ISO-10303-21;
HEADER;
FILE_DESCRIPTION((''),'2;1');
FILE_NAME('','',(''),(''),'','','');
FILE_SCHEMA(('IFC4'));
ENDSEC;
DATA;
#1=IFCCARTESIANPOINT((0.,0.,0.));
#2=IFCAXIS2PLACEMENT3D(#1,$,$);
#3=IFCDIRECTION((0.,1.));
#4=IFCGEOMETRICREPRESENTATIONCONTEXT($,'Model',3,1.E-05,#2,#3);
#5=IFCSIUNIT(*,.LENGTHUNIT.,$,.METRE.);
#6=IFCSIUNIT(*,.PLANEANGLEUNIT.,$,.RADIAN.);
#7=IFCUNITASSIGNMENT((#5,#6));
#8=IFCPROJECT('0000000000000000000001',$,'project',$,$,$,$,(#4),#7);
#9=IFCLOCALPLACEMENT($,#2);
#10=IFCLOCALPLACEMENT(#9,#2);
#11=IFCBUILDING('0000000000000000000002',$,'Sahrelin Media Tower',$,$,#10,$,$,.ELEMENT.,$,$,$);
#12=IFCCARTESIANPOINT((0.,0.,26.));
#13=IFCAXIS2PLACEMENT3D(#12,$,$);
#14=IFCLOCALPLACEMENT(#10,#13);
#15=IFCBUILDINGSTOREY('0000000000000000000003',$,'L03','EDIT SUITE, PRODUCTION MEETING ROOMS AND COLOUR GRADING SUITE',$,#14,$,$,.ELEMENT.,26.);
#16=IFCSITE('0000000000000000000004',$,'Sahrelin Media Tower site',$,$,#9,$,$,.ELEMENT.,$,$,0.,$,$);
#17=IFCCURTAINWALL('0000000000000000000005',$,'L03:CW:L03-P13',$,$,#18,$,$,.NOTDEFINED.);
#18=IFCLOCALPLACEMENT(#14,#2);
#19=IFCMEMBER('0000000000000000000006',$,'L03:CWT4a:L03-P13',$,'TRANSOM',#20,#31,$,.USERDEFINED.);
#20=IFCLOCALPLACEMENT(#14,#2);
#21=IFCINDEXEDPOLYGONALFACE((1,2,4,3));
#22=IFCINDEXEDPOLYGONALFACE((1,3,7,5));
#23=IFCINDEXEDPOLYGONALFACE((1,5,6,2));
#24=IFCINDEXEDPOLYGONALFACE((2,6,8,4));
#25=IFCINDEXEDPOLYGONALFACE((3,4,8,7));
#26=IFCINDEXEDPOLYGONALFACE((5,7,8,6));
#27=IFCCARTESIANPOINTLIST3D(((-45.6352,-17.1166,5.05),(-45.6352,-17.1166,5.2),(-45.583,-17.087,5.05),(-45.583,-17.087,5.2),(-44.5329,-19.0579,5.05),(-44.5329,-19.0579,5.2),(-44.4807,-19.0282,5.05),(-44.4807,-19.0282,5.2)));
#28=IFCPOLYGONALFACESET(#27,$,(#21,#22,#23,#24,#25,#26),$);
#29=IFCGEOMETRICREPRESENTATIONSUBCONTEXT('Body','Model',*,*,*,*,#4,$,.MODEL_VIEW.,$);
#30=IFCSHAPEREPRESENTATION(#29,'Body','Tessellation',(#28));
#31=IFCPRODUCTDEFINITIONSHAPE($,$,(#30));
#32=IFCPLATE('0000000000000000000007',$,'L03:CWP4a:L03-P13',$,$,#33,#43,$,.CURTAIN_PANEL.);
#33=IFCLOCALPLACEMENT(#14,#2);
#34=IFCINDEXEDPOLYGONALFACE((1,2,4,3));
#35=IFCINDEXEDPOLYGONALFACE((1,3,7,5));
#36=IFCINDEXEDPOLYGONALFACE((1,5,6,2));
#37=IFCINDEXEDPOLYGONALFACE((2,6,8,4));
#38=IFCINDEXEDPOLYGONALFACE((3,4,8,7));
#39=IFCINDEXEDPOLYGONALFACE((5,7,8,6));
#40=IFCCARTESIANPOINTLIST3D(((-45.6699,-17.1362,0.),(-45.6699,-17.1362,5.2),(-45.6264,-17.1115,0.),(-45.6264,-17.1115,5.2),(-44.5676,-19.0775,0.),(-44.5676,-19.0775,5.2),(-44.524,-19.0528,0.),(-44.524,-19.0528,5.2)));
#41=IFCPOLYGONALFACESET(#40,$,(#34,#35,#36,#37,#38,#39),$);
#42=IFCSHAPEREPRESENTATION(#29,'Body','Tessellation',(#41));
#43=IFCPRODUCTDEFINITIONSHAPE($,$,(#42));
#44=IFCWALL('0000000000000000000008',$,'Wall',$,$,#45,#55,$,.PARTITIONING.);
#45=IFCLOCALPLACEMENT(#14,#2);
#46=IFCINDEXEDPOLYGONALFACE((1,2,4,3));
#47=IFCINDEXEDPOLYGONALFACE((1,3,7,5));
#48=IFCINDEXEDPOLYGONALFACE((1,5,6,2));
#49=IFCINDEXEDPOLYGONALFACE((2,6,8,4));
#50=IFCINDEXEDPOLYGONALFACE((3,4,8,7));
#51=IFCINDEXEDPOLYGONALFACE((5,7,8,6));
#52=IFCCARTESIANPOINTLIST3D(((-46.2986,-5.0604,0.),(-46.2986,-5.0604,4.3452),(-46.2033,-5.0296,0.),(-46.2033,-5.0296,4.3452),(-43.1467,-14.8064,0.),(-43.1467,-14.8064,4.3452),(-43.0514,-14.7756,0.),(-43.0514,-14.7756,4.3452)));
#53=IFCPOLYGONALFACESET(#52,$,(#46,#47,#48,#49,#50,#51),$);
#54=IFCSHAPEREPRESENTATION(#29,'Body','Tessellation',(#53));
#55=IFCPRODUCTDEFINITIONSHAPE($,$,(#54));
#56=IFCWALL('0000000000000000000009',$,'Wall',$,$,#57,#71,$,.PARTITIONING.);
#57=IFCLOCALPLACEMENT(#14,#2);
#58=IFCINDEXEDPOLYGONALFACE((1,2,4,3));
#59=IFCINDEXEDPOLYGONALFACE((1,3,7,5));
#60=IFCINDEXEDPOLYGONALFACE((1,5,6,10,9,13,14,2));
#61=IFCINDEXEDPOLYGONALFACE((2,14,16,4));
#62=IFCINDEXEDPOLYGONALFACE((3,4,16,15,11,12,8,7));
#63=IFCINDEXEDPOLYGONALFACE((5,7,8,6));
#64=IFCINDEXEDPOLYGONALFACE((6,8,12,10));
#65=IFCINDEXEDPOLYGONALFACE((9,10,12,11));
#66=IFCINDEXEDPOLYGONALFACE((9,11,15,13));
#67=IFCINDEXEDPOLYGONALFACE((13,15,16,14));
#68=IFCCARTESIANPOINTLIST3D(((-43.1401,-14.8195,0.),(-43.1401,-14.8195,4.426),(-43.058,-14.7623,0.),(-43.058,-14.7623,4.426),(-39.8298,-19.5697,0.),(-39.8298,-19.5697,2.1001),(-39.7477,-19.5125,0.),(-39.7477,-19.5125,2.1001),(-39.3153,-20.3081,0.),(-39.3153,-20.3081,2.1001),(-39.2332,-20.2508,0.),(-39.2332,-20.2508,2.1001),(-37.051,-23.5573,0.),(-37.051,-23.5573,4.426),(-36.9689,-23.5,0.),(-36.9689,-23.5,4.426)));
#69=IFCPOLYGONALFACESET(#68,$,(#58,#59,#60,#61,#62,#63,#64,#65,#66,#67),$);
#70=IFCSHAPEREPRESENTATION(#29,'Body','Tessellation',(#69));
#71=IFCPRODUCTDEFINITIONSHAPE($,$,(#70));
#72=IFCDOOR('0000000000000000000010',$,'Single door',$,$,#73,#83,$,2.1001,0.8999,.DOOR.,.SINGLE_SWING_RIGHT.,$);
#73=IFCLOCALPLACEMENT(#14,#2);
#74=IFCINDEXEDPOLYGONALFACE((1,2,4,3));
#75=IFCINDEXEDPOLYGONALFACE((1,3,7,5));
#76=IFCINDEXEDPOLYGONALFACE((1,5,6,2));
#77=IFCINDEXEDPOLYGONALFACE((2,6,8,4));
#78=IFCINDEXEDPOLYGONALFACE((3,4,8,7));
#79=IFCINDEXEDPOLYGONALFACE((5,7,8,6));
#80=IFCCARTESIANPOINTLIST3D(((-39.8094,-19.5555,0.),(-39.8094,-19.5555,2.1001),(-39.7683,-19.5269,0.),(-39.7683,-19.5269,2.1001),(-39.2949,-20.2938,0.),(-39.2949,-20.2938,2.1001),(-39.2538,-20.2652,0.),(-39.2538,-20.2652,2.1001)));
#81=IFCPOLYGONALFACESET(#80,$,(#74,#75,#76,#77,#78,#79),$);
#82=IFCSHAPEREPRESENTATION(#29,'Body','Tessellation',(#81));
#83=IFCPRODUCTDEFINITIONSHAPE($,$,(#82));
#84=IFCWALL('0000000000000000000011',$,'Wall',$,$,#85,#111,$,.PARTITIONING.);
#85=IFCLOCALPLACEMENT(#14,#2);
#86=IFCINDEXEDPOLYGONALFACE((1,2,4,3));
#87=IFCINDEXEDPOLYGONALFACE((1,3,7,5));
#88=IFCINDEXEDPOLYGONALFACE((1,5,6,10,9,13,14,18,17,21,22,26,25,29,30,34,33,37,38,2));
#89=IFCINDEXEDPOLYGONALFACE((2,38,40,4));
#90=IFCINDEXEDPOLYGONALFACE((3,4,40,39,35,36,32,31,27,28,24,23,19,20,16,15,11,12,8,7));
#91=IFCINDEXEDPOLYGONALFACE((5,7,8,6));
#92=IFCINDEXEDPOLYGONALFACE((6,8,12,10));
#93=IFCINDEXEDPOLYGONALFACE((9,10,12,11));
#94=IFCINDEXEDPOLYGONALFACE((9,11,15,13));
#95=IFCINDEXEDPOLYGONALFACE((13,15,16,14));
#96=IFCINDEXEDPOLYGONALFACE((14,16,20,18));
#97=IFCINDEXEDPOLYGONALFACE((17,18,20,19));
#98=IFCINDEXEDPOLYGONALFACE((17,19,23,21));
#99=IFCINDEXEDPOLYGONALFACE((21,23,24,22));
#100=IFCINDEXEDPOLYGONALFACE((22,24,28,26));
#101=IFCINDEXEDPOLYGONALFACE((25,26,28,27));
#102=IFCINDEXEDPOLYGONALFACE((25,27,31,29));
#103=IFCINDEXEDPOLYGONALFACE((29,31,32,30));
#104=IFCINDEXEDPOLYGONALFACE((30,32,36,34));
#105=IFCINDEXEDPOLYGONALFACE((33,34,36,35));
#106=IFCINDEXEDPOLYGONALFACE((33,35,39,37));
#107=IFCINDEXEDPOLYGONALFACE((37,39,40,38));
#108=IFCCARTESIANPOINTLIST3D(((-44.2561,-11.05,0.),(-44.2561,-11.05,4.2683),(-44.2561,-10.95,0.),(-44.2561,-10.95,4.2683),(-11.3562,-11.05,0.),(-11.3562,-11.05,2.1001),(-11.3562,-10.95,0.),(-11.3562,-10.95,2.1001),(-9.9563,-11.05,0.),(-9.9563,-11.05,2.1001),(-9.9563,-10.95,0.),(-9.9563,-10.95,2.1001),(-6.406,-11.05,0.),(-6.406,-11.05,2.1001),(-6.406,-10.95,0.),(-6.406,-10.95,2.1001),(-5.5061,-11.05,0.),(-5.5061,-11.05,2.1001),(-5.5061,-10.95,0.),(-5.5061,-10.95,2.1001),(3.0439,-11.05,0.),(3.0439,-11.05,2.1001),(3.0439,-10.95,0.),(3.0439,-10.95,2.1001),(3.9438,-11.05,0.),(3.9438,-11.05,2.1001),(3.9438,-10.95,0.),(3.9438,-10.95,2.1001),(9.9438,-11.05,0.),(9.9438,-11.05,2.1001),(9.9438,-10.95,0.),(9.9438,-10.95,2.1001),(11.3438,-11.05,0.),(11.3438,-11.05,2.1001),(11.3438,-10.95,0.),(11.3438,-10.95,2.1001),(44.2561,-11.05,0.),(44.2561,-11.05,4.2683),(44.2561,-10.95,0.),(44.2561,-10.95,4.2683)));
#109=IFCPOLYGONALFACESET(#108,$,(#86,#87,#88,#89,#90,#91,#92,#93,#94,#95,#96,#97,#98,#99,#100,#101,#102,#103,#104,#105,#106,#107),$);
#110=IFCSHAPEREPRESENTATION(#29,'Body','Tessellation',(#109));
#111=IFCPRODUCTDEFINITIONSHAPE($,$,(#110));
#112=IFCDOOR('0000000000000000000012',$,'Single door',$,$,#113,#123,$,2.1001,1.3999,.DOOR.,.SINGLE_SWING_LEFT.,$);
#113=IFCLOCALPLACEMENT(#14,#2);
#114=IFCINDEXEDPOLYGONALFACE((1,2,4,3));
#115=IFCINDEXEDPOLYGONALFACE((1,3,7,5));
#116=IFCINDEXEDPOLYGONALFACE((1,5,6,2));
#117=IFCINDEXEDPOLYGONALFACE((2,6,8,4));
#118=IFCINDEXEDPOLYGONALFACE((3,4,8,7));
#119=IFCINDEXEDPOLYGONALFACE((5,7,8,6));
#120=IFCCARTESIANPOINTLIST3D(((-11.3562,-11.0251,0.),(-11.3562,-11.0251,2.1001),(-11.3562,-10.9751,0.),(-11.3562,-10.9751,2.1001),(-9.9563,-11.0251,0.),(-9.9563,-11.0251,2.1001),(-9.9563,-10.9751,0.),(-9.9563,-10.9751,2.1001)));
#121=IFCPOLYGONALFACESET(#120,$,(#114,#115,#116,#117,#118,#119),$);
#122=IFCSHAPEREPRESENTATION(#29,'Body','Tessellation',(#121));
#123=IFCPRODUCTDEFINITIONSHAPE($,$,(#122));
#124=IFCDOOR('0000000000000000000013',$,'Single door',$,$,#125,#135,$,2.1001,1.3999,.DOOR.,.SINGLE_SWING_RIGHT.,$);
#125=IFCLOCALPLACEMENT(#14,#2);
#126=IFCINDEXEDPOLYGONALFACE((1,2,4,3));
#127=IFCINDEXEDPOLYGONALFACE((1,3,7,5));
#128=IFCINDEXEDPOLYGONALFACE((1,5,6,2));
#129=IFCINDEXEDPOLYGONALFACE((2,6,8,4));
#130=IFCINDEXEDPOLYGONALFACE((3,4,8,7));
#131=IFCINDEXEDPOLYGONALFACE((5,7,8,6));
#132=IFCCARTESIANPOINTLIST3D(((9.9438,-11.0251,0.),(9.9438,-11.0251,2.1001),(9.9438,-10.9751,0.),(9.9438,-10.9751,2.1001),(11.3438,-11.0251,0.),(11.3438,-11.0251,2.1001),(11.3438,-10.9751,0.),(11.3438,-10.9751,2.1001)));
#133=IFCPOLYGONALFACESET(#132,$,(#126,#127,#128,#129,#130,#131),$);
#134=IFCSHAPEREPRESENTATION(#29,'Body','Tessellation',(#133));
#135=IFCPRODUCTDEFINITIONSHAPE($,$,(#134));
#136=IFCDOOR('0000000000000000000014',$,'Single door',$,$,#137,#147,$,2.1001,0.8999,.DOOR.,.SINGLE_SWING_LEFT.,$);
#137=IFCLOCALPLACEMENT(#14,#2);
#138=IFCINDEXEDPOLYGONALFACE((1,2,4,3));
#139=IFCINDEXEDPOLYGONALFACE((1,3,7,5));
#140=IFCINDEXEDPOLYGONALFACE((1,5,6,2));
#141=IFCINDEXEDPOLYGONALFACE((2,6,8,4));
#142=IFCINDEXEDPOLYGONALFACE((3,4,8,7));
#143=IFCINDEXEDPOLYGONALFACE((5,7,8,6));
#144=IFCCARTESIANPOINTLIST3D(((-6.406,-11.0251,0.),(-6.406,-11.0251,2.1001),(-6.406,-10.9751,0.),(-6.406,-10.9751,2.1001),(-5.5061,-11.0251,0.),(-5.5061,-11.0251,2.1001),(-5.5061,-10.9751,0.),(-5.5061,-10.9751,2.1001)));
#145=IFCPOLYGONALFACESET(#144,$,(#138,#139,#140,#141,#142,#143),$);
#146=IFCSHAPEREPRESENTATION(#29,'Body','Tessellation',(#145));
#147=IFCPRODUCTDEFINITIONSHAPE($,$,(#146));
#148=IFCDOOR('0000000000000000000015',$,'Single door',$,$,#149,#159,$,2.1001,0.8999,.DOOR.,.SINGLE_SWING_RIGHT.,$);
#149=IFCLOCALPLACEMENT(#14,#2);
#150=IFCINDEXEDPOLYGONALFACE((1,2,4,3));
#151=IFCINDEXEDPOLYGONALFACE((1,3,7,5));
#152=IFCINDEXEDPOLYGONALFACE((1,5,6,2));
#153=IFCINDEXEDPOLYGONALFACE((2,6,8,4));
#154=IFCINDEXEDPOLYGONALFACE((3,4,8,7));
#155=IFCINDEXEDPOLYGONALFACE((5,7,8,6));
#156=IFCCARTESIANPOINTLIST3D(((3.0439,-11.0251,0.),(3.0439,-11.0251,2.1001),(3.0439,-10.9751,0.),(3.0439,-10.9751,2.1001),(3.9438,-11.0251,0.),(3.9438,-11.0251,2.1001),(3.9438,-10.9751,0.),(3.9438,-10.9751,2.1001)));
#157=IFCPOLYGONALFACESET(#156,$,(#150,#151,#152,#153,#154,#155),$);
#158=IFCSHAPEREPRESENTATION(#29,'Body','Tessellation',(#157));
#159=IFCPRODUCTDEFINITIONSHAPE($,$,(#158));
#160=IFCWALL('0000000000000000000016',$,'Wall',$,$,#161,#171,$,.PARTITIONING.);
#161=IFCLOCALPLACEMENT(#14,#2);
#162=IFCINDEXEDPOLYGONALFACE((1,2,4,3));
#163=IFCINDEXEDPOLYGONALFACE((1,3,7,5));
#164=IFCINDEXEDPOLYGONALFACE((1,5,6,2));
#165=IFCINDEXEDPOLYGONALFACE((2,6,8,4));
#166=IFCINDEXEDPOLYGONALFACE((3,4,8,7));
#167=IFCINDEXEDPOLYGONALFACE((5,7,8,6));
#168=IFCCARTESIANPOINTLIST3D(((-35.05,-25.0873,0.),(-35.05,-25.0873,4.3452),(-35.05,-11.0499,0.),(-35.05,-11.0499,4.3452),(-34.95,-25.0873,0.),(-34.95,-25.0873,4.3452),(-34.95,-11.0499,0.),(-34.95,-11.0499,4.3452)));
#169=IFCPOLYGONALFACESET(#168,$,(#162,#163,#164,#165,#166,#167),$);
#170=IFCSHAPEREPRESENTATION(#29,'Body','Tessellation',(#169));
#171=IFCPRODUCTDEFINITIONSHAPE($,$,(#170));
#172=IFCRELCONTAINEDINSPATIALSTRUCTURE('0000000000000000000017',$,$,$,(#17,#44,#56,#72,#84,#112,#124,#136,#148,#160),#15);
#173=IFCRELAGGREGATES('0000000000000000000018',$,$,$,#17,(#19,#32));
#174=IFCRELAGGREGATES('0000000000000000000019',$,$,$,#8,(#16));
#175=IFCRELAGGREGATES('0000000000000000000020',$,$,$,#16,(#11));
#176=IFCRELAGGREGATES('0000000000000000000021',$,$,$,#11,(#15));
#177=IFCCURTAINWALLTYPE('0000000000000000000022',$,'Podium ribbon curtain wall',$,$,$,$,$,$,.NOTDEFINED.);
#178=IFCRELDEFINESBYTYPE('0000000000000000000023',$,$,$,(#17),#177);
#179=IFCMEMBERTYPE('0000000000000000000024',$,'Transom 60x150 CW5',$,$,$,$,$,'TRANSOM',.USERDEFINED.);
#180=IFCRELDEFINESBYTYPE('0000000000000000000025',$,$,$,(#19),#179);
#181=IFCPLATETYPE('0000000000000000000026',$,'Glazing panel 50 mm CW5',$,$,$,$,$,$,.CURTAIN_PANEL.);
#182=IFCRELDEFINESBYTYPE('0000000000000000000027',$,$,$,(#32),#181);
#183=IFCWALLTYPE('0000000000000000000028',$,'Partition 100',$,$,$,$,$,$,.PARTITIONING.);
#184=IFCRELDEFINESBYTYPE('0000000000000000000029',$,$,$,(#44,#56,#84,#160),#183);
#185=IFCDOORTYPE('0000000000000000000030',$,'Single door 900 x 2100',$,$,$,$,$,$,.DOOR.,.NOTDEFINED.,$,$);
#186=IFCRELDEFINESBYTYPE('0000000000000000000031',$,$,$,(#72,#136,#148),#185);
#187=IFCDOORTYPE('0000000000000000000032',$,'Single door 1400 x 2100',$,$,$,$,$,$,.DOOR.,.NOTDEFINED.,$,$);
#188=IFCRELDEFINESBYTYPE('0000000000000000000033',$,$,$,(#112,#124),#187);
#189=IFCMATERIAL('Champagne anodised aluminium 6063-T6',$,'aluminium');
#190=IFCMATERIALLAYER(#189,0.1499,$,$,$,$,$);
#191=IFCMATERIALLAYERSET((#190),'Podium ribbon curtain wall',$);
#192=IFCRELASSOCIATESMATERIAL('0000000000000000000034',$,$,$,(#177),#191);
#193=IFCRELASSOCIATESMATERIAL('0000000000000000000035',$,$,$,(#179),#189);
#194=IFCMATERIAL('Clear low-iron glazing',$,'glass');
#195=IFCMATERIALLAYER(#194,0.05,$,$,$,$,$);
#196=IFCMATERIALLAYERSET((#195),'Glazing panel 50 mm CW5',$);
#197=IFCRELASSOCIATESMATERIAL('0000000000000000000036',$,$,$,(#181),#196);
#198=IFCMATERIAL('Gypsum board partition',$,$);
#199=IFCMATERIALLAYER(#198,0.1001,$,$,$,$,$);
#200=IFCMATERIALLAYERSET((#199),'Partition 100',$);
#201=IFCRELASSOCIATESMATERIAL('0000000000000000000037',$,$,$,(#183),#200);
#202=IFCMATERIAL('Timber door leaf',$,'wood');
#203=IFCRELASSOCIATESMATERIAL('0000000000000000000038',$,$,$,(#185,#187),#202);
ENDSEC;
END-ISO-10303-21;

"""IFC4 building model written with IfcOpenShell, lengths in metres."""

from ifc_helpers import new_model, si_unit, direction, frame, frame_2d, origin, origin_2d, place, context, subcontext, project, spatial, polyline, rectangle, outline, extrude, material, layer, layer_set, material_profile, profile_set, type_object, element, fill, aggregate, save


model = new_model("IFC4")

# Units and contexts
model_context = context("Model", 3, precision=1e-05, world=origin(), true_north=direction((0.0, 1.0)))
body_context = subcontext(model_context, "Body", "Model", "MODEL_VIEW")
ifc_project = project(units=[si_unit("LENGTHUNIT", "METRE"), si_unit("PLANEANGLEUNIT", "RADIAN")], contexts=[model_context])

# Site, building, storey
site_placement = place(None, origin())
site = spatial("IfcSite", under=ifc_project, at=site_placement, Name="Sahrelin Media Tower site", CompositionType="ELEMENT", RefElevation=0.0)
building_placement = place(site_placement, origin())
building = spatial("IfcBuilding", under=site, at=building_placement, Name="Sahrelin Media Tower", CompositionType="ELEMENT")
storey_placement = place(building_placement, frame((0.0, 0.0, 26.0)))
storey = spatial("IfcBuildingStorey", under=building, at=storey_placement, Name="L03", Description="EDIT SUITE, PRODUCTION MEETING ROOMS AND COLOUR GRADING SUITE", CompositionType="ELEMENT", Elevation=26.0)

# Curtain wall
ifc_material_1 = material(Name="Champagne anodised aluminium 6063-T6", Category="aluminium")
ifc_layer_1 = layer(ifc_material_1, 0.1499)
ifc_layer_set_1 = layer_set([ifc_layer_1], Name="Podium ribbon curtain wall")
curtain_wall_type = type_object("IfcCurtainWallType", Name="Podium ribbon curtain wall", PredefinedType="NOTDEFINED", material=ifc_layer_set_1)
curtain_wall_placement = place(storey_placement, frame((-48.2964, -10.8704, 0.0), z_axis=(0.0, 0.0, 1.0), x_axis=(1.0, 0.0, 0.0)))
curtain_wall = element("IfcCurtainWall", 1, at=curtain_wall_placement, inside=storey, type_object=curtain_wall_type, Name="L03:CW:L03-P13", PredefinedType="NOTDEFINED")

# Member
ifc_material_profile_1 = material_profile(ifc_material_1, rectangle(XDim=0.0601, YDim=0.1499, at=origin_2d()), Name="Transom 60x150")
ifc_profile_set_1 = profile_set([ifc_material_profile_1], Name="Champagne anodised aluminium 6063-T6")
member_type_1 = type_object("IfcMemberType", Name="Transom 60x150 CW5", ElementType="TRANSOM", PredefinedType="USERDEFINED", material=ifc_profile_set_1)
member_1_placement = place(storey_placement, frame((-45.6091, -17.1018, 5.125), z_axis=(0.493793, -0.869579, 0.0), x_axis=(0.869579, 0.493793, 0.0)))
member_1 = element("IfcMember", 2, at=member_1_placement, type_object=member_type_1, Name="L03:CWT4a:L03-P13", ObjectType="TRANSOM", PredefinedType="USERDEFINED", context=body_context, shape_type="SweptSolid", body=[
    extrude(rectangle(XDim=0.0601, YDim=0.1499, at=origin_2d()), origin(), (0.0, 0.0, 1.0), 2.2324),
])

# Plate
ifc_material_2 = material(Name="Clear low-iron glazing", Category="glass")
ifc_layer_2 = layer(ifc_material_2, 0.05)
ifc_layer_set_2 = layer_set([ifc_layer_2], Name="Glazing panel 50 mm CW5")
plate_type = type_object("IfcPlateType", Name="Glazing panel 50 mm CW5", PredefinedType="CURTAIN_PANEL", material=ifc_layer_set_2)
plate_placement = place(storey_placement, frame((-45.6699, -17.1362, 0.0), z_axis=(-0.869579, -0.493793, 0.0), x_axis=(0.493793, -0.869579, 0.0)))
plate = element("IfcPlate", 3, at=plate_placement, type_object=plate_type, Name="L03:CWP4a:L03-P13", PredefinedType="CURTAIN_PANEL", context=body_context, shape_type="SweptSolid", body=[
    extrude(outline(polyline([(0.0, 0.0), (2.2324, 0.0), (2.2324, 5.2), (0.0, 5.2), (0.0, 0.0)])), origin(), (0.0, 0.0, -1.0), 0.05),
])
aggregate(curtain_wall, [member_1, plate])

# Wall
ifc_material_3 = material(Name="Gypsum board partition")
ifc_layer_3 = layer(ifc_material_3, 0.1001)
ifc_layer_set_3 = layer_set([ifc_layer_3], Name="Partition 100")
wall_type = type_object("IfcWallType", Name="Partition 100", PredefinedType="PARTITIONING", material=ifc_layer_set_3)
wall_1_placement = place(storey_placement, frame((-46.251, -5.0449, 0.0), z_axis=(0.0, 0.0, 1.0), x_axis=(0.307713, -0.951479, 0.0)))
element("IfcWall", 4, at=wall_1_placement, inside=storey, type_object=wall_type, Name="Wall", PredefinedType="PARTITIONING", context=body_context, shape_type="SweptSolid", body=[
    extrude(rectangle(XDim=10.2429, YDim=0.1001, at=frame_2d((5.1216, 0.0))), origin(), (0.0, 0.0, 1.0), 4.3452),
])

# Wall, opening, door
wall_2_placement = place(storey_placement, frame((-43.0991, -14.7908, 0.0), z_axis=(0.0, 0.0, 1.0), x_axis=(0.571738, -0.820436, 0.0)))
wall_2 = element("IfcWall", 5, at=wall_2_placement, inside=storey, type_object=wall_type, Name="Wall", PredefinedType="PARTITIONING", context=body_context, shape_type="SweptSolid", body=[
    extrude(rectangle(XDim=10.6501, YDim=0.1001, at=frame_2d((5.3252, 0.0))), origin(), (0.0, 0.0, 1.0), 4.426),
])
opening_1_placement = place(wall_2_placement, frame((5.79, 0.0, 0.0)))
opening_1 = element("IfcOpeningElement", 6, at=opening_1_placement, cuts=wall_2, PredefinedType="OPENING", context=body_context, shape_type="SweptSolid", body=[
    extrude(rectangle(XDim=0.8999, YDim=2.1001, at=frame_2d((0.45, 1.05))), frame((0.0, 0.05, 0.0), z_axis=(0.0, -1.0, 0.0), x_axis=(1.0, 0.0, 0.0)), (0.0, 0.0, 1.0), 0.1001),
])
ifc_material_4 = material(Name="Timber door leaf", Category="wood")
door_type_1 = type_object("IfcDoorType", Name="Single door 900 x 2100", OperationType="NOTDEFINED", PredefinedType="DOOR", material=ifc_material_4)
door_1_placement = place(opening_1_placement, origin())
door_1 = element("IfcDoor", 7, at=door_1_placement, inside=storey, type_object=door_type_1, Name="Single door", OperationType="SINGLE_SWING_RIGHT", OverallHeight=2.1001, OverallWidth=0.8999, PredefinedType="DOOR", context=body_context, shape_type="SweptSolid", body=[
    extrude(rectangle(XDim=0.8999, YDim=2.1001, at=frame_2d((0.45, 1.05))), frame((0.0, 0.0249, 0.0), z_axis=(0.0, -1.0, 0.0), x_axis=(1.0, 0.0, 0.0)), (0.0, 0.0, 1.0), 0.05),
])
fill(opening_1, door_1)

# Wall, openings, doors
wall_3_placement = place(storey_placement, frame((-44.2561, -11.0, 0.0), z_axis=(0.0, 0.0, 1.0), x_axis=(1.0, 0.0, 0.0)))
wall_3 = element("IfcWall", 8, at=wall_3_placement, inside=storey, type_object=wall_type, Name="Wall", PredefinedType="PARTITIONING", context=body_context, shape_type="SweptSolid", body=[
    extrude(rectangle(XDim=88.5122, YDim=0.1001, at=frame_2d((44.2561, 0.0))), origin(), (0.0, 0.0, 1.0), 4.2683),
])
opening_2_placement = place(wall_3_placement, frame((32.8999, 0.0, 0.0)))
opening_2 = element("IfcOpeningElement", 9, at=opening_2_placement, cuts=wall_3, PredefinedType="OPENING", context=body_context, shape_type="SweptSolid", body=[
    extrude(rectangle(XDim=1.3999, YDim=2.1001, at=frame_2d((0.7, 1.05))), frame((0.0, 0.05, 0.0), z_axis=(0.0, -1.0, 0.0), x_axis=(1.0, 0.0, 0.0)), (0.0, 0.0, 1.0), 0.1001),
])
opening_3_placement = place(wall_3_placement, frame((54.2, 0.0, 0.0)))
opening_3 = element("IfcOpeningElement", 10, at=opening_3_placement, cuts=wall_3, PredefinedType="OPENING", context=body_context, shape_type="SweptSolid", body=[
    extrude(rectangle(XDim=1.3999, YDim=2.1001, at=frame_2d((0.7, 1.05))), frame((0.0, 0.05, 0.0), z_axis=(0.0, -1.0, 0.0), x_axis=(1.0, 0.0, 0.0)), (0.0, 0.0, 1.0), 0.1001),
])
opening_4_placement = place(wall_3_placement, frame((37.8501, 0.0, 0.0)))
opening_4 = element("IfcOpeningElement", 11, at=opening_4_placement, cuts=wall_3, PredefinedType="OPENING", context=body_context, shape_type="SweptSolid", body=[
    extrude(rectangle(XDim=0.8999, YDim=2.1001, at=frame_2d((0.45, 1.05))), frame((0.0, 0.05, 0.0), z_axis=(0.0, -1.0, 0.0), x_axis=(1.0, 0.0, 0.0)), (0.0, 0.0, 1.0), 0.1001),
])
opening_5_placement = place(wall_3_placement, frame((47.3, 0.0, 0.0)))
opening_5 = element("IfcOpeningElement", 12, at=opening_5_placement, cuts=wall_3, PredefinedType="OPENING", context=body_context, shape_type="SweptSolid", body=[
    extrude(rectangle(XDim=0.8999, YDim=2.1001, at=frame_2d((0.45, 1.05))), frame((0.0, 0.05, 0.0), z_axis=(0.0, -1.0, 0.0), x_axis=(1.0, 0.0, 0.0)), (0.0, 0.0, 1.0), 0.1001),
])
door_type_2 = type_object("IfcDoorType", Name="Single door 1400 x 2100", OperationType="NOTDEFINED", PredefinedType="DOOR", material=ifc_material_4)
door_2_placement = place(opening_2_placement, origin())
door_2 = element("IfcDoor", 13, at=door_2_placement, inside=storey, type_object=door_type_2, Name="Single door", OperationType="SINGLE_SWING_LEFT", OverallHeight=2.1001, OverallWidth=1.3999, PredefinedType="DOOR", context=body_context, shape_type="SweptSolid", body=[
    extrude(rectangle(XDim=1.3999, YDim=2.1001, at=frame_2d((0.7, 1.05))), frame((0.0, 0.0249, 0.0), z_axis=(0.0, -1.0, 0.0), x_axis=(1.0, 0.0, 0.0)), (0.0, 0.0, 1.0), 0.05),
])
fill(opening_2, door_2)
door_3_placement = place(opening_3_placement, origin())
door_3 = element("IfcDoor", 14, at=door_3_placement, inside=storey, type_object=door_type_2, Name="Single door", OperationType="SINGLE_SWING_RIGHT", OverallHeight=2.1001, OverallWidth=1.3999, PredefinedType="DOOR", context=body_context, shape_type="SweptSolid", body=[
    extrude(rectangle(XDim=1.3999, YDim=2.1001, at=frame_2d((0.7, 1.05))), frame((0.0, 0.0249, 0.0), z_axis=(0.0, -1.0, 0.0), x_axis=(1.0, 0.0, 0.0)), (0.0, 0.0, 1.0), 0.05),
])
fill(opening_3, door_3)
door_4_placement = place(opening_4_placement, origin())
door_4 = element("IfcDoor", 15, at=door_4_placement, inside=storey, type_object=door_type_1, Name="Single door", OperationType="SINGLE_SWING_LEFT", OverallHeight=2.1001, OverallWidth=0.8999, PredefinedType="DOOR", context=body_context, shape_type="SweptSolid", body=[
    extrude(rectangle(XDim=0.8999, YDim=2.1001, at=frame_2d((0.45, 1.05))), frame((0.0, 0.0249, 0.0), z_axis=(0.0, -1.0, 0.0), x_axis=(1.0, 0.0, 0.0)), (0.0, 0.0, 1.0), 0.05),
])
fill(opening_4, door_4)
door_5_placement = place(opening_5_placement, origin())
door_5 = element("IfcDoor", 16, at=door_5_placement, inside=storey, type_object=door_type_1, Name="Single door", OperationType="SINGLE_SWING_RIGHT", OverallHeight=2.1001, OverallWidth=0.8999, PredefinedType="DOOR", context=body_context, shape_type="SweptSolid", body=[
    extrude(rectangle(XDim=0.8999, YDim=2.1001, at=frame_2d((0.45, 1.05))), frame((0.0, 0.0249, 0.0), z_axis=(0.0, -1.0, 0.0), x_axis=(1.0, 0.0, 0.0)), (0.0, 0.0, 1.0), 0.05),
])
fill(opening_5, door_5)

# Wall
wall_4_placement = place(storey_placement, frame((-35.0, -11.05, 0.0), z_axis=(0.0, 0.0, 1.0), x_axis=(0.0, -1.0, 0.0)))
element("IfcWall", 17, at=wall_4_placement, inside=storey, type_object=wall_type, Name="Wall", PredefinedType="PARTITIONING", context=body_context, shape_type="SweptSolid", body=[
    extrude(rectangle(XDim=14.0374, YDim=0.1001, at=frame_2d((7.0186, 0.0))), origin(), (0.0, 0.0, 1.0), 4.3452),
])

save(model, "model.ifc")
